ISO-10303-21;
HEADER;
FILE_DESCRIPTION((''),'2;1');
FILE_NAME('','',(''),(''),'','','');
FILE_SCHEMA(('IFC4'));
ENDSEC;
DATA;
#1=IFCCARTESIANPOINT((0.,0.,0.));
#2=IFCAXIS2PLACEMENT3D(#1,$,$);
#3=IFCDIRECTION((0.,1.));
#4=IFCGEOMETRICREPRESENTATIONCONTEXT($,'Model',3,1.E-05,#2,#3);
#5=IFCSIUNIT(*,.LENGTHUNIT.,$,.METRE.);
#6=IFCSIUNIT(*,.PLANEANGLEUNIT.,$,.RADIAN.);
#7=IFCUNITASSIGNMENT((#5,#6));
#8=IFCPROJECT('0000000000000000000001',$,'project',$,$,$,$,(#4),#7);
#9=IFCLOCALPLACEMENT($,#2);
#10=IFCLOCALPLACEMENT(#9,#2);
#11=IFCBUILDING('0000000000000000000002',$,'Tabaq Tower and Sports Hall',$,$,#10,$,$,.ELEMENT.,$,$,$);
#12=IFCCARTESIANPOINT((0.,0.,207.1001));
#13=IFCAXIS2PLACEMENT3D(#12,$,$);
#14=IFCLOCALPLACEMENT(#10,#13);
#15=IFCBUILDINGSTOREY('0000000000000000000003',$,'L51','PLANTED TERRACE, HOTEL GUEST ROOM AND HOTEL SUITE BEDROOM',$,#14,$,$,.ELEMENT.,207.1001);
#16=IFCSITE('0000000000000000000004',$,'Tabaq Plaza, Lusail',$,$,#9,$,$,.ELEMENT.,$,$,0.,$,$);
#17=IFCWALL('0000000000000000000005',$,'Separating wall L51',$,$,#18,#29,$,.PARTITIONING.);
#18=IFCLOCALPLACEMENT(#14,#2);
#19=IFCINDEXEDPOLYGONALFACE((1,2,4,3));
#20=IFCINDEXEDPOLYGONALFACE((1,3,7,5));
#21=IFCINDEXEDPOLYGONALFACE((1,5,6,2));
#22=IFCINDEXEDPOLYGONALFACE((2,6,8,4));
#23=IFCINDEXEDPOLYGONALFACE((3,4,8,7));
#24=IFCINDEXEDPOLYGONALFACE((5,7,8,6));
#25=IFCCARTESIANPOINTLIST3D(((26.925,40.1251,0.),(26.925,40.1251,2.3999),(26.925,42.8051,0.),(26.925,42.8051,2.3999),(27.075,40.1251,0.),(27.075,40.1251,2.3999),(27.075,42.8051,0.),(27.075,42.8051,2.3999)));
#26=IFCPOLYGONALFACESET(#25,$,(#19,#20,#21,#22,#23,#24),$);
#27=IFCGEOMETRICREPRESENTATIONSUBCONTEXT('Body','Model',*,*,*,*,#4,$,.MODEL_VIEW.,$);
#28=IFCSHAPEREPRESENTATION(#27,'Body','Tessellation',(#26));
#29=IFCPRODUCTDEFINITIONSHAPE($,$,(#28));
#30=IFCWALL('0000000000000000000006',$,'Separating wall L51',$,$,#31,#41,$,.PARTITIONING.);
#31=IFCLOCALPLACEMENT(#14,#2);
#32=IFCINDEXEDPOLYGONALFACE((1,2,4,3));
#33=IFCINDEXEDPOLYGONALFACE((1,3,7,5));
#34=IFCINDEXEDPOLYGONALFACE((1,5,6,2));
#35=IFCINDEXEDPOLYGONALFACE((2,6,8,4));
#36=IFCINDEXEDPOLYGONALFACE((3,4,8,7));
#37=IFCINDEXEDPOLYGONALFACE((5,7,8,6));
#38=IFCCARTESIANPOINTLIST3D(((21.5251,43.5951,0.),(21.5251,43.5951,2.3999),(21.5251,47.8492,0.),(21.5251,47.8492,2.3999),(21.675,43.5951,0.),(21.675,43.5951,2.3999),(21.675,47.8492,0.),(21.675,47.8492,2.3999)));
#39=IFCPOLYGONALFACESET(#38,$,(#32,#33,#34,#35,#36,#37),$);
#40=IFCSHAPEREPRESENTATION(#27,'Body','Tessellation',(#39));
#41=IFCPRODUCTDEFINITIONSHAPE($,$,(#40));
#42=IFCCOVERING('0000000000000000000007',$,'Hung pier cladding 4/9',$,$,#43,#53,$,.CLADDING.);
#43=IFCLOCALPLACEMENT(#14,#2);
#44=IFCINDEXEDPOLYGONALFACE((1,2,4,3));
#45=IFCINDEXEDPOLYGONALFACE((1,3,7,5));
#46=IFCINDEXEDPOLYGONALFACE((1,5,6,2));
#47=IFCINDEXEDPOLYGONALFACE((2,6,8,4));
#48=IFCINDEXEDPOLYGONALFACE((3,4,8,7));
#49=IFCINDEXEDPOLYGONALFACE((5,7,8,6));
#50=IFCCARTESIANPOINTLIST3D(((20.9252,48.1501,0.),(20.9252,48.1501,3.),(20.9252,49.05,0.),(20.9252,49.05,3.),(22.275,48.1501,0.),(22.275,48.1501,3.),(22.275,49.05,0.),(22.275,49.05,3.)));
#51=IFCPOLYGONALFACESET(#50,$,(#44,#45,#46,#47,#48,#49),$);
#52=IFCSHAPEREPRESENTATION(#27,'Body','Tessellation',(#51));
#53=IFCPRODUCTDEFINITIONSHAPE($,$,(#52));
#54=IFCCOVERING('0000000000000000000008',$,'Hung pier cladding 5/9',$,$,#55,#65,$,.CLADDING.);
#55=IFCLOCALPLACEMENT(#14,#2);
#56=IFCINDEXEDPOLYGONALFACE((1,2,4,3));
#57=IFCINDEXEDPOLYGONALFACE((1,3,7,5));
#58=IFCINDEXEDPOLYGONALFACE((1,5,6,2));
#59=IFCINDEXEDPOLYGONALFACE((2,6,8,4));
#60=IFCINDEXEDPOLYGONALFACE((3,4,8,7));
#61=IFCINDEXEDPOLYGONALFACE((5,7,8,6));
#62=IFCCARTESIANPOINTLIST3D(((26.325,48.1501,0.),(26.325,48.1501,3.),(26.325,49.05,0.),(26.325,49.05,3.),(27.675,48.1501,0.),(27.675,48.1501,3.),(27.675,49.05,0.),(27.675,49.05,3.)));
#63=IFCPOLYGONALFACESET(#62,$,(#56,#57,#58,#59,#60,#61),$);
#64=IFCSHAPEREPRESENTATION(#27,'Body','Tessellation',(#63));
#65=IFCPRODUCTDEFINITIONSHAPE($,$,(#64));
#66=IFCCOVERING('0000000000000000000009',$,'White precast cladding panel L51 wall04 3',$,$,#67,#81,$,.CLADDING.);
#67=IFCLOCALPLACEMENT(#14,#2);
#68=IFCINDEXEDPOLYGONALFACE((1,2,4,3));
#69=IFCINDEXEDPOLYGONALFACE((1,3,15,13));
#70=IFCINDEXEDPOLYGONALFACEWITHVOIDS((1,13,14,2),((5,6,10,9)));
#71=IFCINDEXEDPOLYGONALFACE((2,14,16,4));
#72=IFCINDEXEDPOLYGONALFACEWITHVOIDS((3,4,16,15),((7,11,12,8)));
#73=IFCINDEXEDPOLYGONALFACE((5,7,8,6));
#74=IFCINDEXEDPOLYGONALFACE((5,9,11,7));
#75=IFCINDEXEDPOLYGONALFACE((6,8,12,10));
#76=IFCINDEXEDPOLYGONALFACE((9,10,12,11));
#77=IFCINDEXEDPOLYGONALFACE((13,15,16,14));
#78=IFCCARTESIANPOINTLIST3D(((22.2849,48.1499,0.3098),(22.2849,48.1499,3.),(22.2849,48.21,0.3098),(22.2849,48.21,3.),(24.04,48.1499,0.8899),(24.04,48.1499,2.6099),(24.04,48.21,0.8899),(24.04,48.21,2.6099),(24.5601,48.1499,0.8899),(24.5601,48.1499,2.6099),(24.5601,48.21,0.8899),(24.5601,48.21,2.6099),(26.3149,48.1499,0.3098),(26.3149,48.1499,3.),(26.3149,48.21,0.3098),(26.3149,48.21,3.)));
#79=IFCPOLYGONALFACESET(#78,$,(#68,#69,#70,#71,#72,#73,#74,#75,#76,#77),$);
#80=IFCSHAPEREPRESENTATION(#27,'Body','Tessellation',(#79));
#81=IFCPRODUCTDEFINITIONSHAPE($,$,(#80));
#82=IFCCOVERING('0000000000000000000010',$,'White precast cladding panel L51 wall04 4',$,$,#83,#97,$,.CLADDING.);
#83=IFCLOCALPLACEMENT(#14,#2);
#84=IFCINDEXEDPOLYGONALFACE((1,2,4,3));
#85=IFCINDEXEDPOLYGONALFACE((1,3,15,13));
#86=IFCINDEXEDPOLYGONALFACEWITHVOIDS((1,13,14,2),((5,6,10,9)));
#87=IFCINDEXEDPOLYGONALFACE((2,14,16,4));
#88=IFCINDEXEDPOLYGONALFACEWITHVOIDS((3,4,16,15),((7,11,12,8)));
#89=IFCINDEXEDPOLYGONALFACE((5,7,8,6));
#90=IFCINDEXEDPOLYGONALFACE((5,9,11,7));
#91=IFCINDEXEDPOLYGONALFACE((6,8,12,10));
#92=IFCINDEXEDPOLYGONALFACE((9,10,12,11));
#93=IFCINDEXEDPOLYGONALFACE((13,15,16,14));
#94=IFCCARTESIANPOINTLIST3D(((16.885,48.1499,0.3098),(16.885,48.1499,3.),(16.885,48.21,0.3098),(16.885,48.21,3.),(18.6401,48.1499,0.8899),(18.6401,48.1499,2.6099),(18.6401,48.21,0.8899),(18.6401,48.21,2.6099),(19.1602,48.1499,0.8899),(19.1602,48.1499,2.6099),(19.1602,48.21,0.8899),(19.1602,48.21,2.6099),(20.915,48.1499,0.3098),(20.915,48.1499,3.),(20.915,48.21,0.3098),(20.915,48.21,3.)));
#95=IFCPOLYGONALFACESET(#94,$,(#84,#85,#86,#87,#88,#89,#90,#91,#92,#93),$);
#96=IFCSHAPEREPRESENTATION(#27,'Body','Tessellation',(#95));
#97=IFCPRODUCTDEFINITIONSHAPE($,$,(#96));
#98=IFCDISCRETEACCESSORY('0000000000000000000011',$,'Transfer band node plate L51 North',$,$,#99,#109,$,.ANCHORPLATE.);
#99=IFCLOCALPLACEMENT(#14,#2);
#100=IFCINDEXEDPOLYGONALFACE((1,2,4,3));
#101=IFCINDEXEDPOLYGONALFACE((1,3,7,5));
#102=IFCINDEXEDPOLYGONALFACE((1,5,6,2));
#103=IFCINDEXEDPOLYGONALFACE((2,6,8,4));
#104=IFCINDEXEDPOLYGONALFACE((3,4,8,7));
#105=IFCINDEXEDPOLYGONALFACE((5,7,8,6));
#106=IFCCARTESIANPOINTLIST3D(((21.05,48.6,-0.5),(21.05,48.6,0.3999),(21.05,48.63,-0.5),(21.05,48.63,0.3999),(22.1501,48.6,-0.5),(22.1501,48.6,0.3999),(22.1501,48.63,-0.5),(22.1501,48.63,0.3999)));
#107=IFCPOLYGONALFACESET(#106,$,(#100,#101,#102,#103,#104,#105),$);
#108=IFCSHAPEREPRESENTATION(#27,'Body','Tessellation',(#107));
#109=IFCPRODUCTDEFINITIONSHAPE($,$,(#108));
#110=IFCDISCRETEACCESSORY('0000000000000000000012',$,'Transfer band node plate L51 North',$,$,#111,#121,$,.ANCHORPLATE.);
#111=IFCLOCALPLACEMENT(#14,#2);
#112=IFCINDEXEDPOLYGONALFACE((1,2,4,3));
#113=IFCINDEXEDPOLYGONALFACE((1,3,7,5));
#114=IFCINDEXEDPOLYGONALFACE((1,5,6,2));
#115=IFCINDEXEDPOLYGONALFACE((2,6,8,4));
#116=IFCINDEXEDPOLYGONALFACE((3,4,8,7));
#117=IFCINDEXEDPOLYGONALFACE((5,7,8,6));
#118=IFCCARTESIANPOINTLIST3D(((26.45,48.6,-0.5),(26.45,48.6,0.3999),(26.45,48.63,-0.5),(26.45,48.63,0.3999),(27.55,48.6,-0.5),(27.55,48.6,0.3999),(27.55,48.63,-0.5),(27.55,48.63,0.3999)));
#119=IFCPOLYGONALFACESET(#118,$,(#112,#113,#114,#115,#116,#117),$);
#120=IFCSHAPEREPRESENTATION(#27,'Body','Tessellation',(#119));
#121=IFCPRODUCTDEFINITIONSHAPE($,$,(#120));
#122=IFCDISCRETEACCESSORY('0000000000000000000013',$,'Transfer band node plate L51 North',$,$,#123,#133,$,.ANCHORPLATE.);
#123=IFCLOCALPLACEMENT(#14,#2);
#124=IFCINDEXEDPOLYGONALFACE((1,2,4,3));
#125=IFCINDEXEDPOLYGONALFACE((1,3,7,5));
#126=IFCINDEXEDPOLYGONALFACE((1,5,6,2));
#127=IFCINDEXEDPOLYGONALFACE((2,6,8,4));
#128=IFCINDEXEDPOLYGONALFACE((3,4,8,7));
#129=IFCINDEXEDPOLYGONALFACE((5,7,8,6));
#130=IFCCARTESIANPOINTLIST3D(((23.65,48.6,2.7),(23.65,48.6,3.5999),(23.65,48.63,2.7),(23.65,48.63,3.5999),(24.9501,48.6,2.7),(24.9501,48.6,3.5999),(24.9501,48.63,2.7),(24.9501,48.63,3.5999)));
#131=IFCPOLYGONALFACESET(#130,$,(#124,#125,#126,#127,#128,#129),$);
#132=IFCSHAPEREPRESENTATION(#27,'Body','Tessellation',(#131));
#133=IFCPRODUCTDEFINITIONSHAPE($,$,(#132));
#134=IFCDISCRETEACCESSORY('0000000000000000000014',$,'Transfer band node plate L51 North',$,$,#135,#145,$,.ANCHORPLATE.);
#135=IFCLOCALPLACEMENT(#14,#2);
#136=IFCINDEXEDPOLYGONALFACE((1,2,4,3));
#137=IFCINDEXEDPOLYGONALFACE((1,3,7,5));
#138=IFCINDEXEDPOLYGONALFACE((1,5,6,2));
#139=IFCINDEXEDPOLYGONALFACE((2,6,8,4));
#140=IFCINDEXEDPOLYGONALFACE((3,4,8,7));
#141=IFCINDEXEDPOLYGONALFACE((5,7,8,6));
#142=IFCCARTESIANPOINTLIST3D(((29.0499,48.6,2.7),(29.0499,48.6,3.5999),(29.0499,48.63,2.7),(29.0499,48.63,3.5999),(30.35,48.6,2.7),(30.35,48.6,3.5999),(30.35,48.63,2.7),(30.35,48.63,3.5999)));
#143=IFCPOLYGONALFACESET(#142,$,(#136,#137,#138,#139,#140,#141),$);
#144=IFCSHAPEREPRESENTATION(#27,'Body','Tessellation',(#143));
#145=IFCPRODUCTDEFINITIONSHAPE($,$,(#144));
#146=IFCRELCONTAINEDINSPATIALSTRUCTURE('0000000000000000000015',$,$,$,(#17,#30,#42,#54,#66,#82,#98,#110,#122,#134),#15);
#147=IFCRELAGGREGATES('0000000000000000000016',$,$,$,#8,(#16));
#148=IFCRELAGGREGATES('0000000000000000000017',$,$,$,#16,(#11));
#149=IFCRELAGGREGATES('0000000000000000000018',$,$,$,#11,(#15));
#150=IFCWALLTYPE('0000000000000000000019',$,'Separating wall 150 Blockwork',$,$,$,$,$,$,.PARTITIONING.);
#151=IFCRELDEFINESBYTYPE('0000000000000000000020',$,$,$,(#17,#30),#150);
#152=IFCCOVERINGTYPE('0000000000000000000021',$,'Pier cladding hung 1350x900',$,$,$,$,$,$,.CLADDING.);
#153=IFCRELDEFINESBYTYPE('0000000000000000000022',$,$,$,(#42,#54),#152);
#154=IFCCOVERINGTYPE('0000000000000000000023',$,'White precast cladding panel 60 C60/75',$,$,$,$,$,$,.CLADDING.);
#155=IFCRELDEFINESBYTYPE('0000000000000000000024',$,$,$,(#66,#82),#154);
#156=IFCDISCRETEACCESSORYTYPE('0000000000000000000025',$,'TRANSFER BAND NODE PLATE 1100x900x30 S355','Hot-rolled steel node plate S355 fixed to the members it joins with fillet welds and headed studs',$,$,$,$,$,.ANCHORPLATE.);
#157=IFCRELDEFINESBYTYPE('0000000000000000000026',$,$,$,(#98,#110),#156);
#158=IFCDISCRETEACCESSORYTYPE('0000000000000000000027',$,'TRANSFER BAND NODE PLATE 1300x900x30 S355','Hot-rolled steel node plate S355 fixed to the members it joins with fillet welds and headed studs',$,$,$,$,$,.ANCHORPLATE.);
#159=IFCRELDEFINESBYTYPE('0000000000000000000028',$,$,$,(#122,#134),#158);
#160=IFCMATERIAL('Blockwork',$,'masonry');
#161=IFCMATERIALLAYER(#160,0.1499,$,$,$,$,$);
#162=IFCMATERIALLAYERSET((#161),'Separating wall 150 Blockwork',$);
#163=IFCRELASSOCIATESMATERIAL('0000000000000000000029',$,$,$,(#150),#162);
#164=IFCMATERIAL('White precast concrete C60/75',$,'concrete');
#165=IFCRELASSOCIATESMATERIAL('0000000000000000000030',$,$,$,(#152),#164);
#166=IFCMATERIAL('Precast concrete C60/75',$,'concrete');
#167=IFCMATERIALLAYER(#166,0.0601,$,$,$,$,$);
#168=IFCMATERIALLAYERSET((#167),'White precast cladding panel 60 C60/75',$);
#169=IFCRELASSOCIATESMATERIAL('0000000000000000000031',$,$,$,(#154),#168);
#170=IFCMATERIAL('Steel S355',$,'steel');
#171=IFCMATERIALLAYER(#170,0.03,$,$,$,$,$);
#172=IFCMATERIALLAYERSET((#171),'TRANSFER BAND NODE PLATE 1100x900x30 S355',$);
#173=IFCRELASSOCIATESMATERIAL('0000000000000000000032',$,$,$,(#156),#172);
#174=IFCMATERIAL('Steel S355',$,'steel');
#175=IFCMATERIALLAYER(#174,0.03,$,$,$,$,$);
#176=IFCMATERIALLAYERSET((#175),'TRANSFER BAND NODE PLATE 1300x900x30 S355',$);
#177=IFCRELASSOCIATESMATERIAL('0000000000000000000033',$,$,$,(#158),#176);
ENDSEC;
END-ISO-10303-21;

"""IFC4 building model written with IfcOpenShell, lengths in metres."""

from ifc_helpers import new_model, si_unit, direction, frame, frame_2d, origin, origin_2d, place, context, subcontext, project, spatial, polyline, rectangle, outline, extrude, material, layer, layer_set, type_object, element, save


model = new_model("IFC4")

# Units and contexts
model_context = context("Model", 3, precision=1e-05, world=origin(), true_north=direction((0.0, 1.0)))
body_context = subcontext(model_context, "Body", "Model", "MODEL_VIEW")
ifc_project = project(units=[si_unit("LENGTHUNIT", "METRE"), si_unit("PLANEANGLEUNIT", "RADIAN")], contexts=[model_context])

# Site, building, storey
site_placement = place(None, origin())
site = spatial("IfcSite", under=ifc_project, at=site_placement, Name="Tabaq Plaza, Lusail", CompositionType="ELEMENT", RefElevation=0.0)
building_placement = place(site_placement, origin())
building = spatial("IfcBuilding", under=site, at=building_placement, Name="Tabaq Tower and Sports Hall", CompositionType="ELEMENT")
storey_placement = place(building_placement, frame((0.0, 0.0, 207.1001)))
storey = spatial("IfcBuildingStorey", under=building, at=storey_placement, Name="L51", Description="PLANTED TERRACE, HOTEL GUEST ROOM AND HOTEL SUITE BEDROOM", CompositionType="ELEMENT", Elevation=207.1001)

# Walls
ifc_material_1 = material(Name="Blockwork", Category="masonry")
ifc_layer_1 = layer(ifc_material_1, 0.1499)
ifc_layer_set_1 = layer_set([ifc_layer_1], Name="Separating wall 150 Blockwork")
wall_type_1 = type_object("IfcWallType", Name="Separating wall 150 Blockwork", PredefinedType="PARTITIONING", material=ifc_layer_set_1)
wall_1_placement = place(storey_placement, frame((27.0, 42.8049, 0.0), z_axis=(0.0, 0.0, 1.0), x_axis=(0.0, -1.0, 0.0)))
element("IfcWall", 1, at=wall_1_placement, inside=storey, type_object=wall_type_1, Name="Separating wall L51", PredefinedType="PARTITIONING", context=body_context, shape_type="SweptSolid", body=[
    extrude(rectangle(XDim=2.6799, YDim=0.1499, at=frame_2d((1.3398, 0.0))), origin(), (0.0, 0.0, 1.0), 2.3999),
])
wall_2_placement = place(storey_placement, frame((21.6001, 47.8491, 0.0), z_axis=(0.0, 0.0, 1.0), x_axis=(0.0, -1.0, 0.0)))
element("IfcWall", 2, at=wall_2_placement, inside=storey, type_object=wall_type_1, Name="Separating wall L51", PredefinedType="PARTITIONING", context=body_context, shape_type="SweptSolid", body=[
    extrude(rectangle(XDim=4.2542, YDim=0.1499, at=frame_2d((2.127, 0.0))), origin(), (0.0, 0.0, 1.0), 2.3999),
])

# Coverings
ifc_material_2 = material(Name="White precast concrete C60/75", Category="concrete")
covering_type_1 = type_object("IfcCoveringType", Name="Pier cladding hung 1350x900", PredefinedType="CLADDING", material=ifc_material_2)
covering_1_placement = place(storey_placement, frame((22.2749, 48.6001, 0.0), z_axis=(0.0, 0.0, 1.0), x_axis=(-1.0, 0.0, 0.0)))
element("IfcCovering", 3, at=covering_1_placement, inside=storey, type_object=covering_type_1, Name="Hung pier cladding 4/9", PredefinedType="CLADDING", context=body_context, shape_type="SweptSolid", body=[
    extrude(rectangle(XDim=1.3499, YDim=0.8999, at=frame_2d((0.6748, 0.0))), origin(), (0.0, 0.0, 1.0), 3.0),
])
covering_2_placement = place(storey_placement, frame((27.675, 48.6001, 0.0), z_axis=(0.0, 0.0, 1.0), x_axis=(-1.0, 0.0, 0.0)))
element("IfcCovering", 4, at=covering_2_placement, inside=storey, type_object=covering_type_1, Name="Hung pier cladding 5/9", PredefinedType="CLADDING", context=body_context, shape_type="SweptSolid", body=[
    extrude(rectangle(XDim=1.3501, YDim=0.8999, at=frame_2d((0.675, 0.0))), origin(), (0.0, 0.0, 1.0), 3.0),
])
ifc_material_3 = material(Name="Precast concrete C60/75", Category="concrete")
ifc_layer_2 = layer(ifc_material_3, 0.0601)
ifc_layer_set_2 = layer_set([ifc_layer_2], Name="White precast cladding panel 60 C60/75")
covering_type_2 = type_object("IfcCoveringType", Name="White precast cladding panel 60 C60/75", PredefinedType="CLADDING", material=ifc_layer_set_2)
for number, where, z_axis, x_axis, name in (
    (5, (26.3149, 48.1799, 0.3098), (0.0, 0.0, 1.0), (-1.0, 0.0, 0.0), "White precast cladding panel L51 wall04 3"),
    (6, (20.915, 48.1799, 0.3098), (0.0, 0.0, 1.0), (-1.0, 0.0, 0.0), "White precast cladding panel L51 wall04 4"),
):
    element("IfcCovering", number, at=place(storey_placement, frame(where, z_axis=z_axis, x_axis=x_axis)), inside=storey, type_object=covering_type_2, Name=name, PredefinedType="CLADDING", context=body_context, shape_type="SweptSolid", body=[
        extrude(outline(polyline([(0.0, 0.0), (4.03, 0.0), (4.03, 2.6902), (0.0, 2.6902), (0.0, 0.0)]), holes=[polyline([(1.7549, 0.5801), (1.7549, 2.3), (2.2749, 2.3), (2.2749, 0.5801), (1.7549, 0.5801)])]), frame((0.0, 0.03, 0.0), z_axis=(0.0, -1.0, 0.0), x_axis=(1.0, 0.0, 0.0)), (0.0, 0.0, 1.0), 0.0601),
    ])

# Discrete accessories
ifc_material_4 = material(Name="Steel S355", Category="steel")
ifc_layer_3 = layer(ifc_material_4, 0.03)
ifc_layer_set_3 = layer_set([ifc_layer_3], Name="TRANSFER BAND NODE PLATE 1100x900x30 S355")
discrete_accessory_type_1 = type_object("IfcDiscreteAccessoryType", Name="TRANSFER BAND NODE PLATE 1100x900x30 S355", Description="Hot-rolled steel node plate S355 fixed to the members it joins with fillet welds and headed studs", PredefinedType="ANCHORPLATE", material=ifc_layer_set_3)
for number, where, z_axis, x_axis, name in (
    (7, (21.6001, 48.615, -0.5), (0.0, 0.0, 1.0), (-1.0, 0.0, 0.0), "Transfer band node plate L51 North"),
    (8, (27.0, 48.615, -0.5), (0.0, 0.0, 1.0), (-1.0, 0.0, 0.0), "Transfer band node plate L51 North"),
):
    element("IfcDiscreteAccessory", number, at=place(storey_placement, frame(where, z_axis=z_axis, x_axis=x_axis)), inside=storey, type_object=discrete_accessory_type_1, Name=name, PredefinedType="ANCHORPLATE", context=body_context, shape_type="SweptSolid", body=[
        extrude(rectangle(XDim=1.1001, YDim=0.03, at=origin_2d()), origin(), (0.0, 0.0, 1.0), 0.8999),
    ])
ifc_material_5 = material(Name="Steel S355", Category="steel")
ifc_layer_4 = layer(ifc_material_5, 0.03)
ifc_layer_set_4 = layer_set([ifc_layer_4], Name="TRANSFER BAND NODE PLATE 1300x900x30 S355")
discrete_accessory_type_2 = type_object("IfcDiscreteAccessoryType", Name="TRANSFER BAND NODE PLATE 1300x900x30 S355", Description="Hot-rolled steel node plate S355 fixed to the members it joins with fillet welds and headed studs", PredefinedType="ANCHORPLATE", material=ifc_layer_set_4)
for number, where, z_axis, x_axis, name in (
    (9, (24.3, 48.615, 2.7), (0.0, 0.0, 1.0), (-1.0, 0.0, 0.0), "Transfer band node plate L51 North"),
    (10, (29.7, 48.615, 2.7), (0.0, 0.0, 1.0), (-1.0, 0.0, 0.0), "Transfer band node plate L51 North"),
):
    element("IfcDiscreteAccessory", number, at=place(storey_placement, frame(where, z_axis=z_axis, x_axis=x_axis)), inside=storey, type_object=discrete_accessory_type_2, Name=name, PredefinedType="ANCHORPLATE", context=body_context, shape_type="SweptSolid", body=[
        extrude(rectangle(XDim=1.3, YDim=0.03, at=origin_2d()), origin(), (0.0, 0.0, 1.0), 0.8999),
    ])

save(model, "model.ifc")
